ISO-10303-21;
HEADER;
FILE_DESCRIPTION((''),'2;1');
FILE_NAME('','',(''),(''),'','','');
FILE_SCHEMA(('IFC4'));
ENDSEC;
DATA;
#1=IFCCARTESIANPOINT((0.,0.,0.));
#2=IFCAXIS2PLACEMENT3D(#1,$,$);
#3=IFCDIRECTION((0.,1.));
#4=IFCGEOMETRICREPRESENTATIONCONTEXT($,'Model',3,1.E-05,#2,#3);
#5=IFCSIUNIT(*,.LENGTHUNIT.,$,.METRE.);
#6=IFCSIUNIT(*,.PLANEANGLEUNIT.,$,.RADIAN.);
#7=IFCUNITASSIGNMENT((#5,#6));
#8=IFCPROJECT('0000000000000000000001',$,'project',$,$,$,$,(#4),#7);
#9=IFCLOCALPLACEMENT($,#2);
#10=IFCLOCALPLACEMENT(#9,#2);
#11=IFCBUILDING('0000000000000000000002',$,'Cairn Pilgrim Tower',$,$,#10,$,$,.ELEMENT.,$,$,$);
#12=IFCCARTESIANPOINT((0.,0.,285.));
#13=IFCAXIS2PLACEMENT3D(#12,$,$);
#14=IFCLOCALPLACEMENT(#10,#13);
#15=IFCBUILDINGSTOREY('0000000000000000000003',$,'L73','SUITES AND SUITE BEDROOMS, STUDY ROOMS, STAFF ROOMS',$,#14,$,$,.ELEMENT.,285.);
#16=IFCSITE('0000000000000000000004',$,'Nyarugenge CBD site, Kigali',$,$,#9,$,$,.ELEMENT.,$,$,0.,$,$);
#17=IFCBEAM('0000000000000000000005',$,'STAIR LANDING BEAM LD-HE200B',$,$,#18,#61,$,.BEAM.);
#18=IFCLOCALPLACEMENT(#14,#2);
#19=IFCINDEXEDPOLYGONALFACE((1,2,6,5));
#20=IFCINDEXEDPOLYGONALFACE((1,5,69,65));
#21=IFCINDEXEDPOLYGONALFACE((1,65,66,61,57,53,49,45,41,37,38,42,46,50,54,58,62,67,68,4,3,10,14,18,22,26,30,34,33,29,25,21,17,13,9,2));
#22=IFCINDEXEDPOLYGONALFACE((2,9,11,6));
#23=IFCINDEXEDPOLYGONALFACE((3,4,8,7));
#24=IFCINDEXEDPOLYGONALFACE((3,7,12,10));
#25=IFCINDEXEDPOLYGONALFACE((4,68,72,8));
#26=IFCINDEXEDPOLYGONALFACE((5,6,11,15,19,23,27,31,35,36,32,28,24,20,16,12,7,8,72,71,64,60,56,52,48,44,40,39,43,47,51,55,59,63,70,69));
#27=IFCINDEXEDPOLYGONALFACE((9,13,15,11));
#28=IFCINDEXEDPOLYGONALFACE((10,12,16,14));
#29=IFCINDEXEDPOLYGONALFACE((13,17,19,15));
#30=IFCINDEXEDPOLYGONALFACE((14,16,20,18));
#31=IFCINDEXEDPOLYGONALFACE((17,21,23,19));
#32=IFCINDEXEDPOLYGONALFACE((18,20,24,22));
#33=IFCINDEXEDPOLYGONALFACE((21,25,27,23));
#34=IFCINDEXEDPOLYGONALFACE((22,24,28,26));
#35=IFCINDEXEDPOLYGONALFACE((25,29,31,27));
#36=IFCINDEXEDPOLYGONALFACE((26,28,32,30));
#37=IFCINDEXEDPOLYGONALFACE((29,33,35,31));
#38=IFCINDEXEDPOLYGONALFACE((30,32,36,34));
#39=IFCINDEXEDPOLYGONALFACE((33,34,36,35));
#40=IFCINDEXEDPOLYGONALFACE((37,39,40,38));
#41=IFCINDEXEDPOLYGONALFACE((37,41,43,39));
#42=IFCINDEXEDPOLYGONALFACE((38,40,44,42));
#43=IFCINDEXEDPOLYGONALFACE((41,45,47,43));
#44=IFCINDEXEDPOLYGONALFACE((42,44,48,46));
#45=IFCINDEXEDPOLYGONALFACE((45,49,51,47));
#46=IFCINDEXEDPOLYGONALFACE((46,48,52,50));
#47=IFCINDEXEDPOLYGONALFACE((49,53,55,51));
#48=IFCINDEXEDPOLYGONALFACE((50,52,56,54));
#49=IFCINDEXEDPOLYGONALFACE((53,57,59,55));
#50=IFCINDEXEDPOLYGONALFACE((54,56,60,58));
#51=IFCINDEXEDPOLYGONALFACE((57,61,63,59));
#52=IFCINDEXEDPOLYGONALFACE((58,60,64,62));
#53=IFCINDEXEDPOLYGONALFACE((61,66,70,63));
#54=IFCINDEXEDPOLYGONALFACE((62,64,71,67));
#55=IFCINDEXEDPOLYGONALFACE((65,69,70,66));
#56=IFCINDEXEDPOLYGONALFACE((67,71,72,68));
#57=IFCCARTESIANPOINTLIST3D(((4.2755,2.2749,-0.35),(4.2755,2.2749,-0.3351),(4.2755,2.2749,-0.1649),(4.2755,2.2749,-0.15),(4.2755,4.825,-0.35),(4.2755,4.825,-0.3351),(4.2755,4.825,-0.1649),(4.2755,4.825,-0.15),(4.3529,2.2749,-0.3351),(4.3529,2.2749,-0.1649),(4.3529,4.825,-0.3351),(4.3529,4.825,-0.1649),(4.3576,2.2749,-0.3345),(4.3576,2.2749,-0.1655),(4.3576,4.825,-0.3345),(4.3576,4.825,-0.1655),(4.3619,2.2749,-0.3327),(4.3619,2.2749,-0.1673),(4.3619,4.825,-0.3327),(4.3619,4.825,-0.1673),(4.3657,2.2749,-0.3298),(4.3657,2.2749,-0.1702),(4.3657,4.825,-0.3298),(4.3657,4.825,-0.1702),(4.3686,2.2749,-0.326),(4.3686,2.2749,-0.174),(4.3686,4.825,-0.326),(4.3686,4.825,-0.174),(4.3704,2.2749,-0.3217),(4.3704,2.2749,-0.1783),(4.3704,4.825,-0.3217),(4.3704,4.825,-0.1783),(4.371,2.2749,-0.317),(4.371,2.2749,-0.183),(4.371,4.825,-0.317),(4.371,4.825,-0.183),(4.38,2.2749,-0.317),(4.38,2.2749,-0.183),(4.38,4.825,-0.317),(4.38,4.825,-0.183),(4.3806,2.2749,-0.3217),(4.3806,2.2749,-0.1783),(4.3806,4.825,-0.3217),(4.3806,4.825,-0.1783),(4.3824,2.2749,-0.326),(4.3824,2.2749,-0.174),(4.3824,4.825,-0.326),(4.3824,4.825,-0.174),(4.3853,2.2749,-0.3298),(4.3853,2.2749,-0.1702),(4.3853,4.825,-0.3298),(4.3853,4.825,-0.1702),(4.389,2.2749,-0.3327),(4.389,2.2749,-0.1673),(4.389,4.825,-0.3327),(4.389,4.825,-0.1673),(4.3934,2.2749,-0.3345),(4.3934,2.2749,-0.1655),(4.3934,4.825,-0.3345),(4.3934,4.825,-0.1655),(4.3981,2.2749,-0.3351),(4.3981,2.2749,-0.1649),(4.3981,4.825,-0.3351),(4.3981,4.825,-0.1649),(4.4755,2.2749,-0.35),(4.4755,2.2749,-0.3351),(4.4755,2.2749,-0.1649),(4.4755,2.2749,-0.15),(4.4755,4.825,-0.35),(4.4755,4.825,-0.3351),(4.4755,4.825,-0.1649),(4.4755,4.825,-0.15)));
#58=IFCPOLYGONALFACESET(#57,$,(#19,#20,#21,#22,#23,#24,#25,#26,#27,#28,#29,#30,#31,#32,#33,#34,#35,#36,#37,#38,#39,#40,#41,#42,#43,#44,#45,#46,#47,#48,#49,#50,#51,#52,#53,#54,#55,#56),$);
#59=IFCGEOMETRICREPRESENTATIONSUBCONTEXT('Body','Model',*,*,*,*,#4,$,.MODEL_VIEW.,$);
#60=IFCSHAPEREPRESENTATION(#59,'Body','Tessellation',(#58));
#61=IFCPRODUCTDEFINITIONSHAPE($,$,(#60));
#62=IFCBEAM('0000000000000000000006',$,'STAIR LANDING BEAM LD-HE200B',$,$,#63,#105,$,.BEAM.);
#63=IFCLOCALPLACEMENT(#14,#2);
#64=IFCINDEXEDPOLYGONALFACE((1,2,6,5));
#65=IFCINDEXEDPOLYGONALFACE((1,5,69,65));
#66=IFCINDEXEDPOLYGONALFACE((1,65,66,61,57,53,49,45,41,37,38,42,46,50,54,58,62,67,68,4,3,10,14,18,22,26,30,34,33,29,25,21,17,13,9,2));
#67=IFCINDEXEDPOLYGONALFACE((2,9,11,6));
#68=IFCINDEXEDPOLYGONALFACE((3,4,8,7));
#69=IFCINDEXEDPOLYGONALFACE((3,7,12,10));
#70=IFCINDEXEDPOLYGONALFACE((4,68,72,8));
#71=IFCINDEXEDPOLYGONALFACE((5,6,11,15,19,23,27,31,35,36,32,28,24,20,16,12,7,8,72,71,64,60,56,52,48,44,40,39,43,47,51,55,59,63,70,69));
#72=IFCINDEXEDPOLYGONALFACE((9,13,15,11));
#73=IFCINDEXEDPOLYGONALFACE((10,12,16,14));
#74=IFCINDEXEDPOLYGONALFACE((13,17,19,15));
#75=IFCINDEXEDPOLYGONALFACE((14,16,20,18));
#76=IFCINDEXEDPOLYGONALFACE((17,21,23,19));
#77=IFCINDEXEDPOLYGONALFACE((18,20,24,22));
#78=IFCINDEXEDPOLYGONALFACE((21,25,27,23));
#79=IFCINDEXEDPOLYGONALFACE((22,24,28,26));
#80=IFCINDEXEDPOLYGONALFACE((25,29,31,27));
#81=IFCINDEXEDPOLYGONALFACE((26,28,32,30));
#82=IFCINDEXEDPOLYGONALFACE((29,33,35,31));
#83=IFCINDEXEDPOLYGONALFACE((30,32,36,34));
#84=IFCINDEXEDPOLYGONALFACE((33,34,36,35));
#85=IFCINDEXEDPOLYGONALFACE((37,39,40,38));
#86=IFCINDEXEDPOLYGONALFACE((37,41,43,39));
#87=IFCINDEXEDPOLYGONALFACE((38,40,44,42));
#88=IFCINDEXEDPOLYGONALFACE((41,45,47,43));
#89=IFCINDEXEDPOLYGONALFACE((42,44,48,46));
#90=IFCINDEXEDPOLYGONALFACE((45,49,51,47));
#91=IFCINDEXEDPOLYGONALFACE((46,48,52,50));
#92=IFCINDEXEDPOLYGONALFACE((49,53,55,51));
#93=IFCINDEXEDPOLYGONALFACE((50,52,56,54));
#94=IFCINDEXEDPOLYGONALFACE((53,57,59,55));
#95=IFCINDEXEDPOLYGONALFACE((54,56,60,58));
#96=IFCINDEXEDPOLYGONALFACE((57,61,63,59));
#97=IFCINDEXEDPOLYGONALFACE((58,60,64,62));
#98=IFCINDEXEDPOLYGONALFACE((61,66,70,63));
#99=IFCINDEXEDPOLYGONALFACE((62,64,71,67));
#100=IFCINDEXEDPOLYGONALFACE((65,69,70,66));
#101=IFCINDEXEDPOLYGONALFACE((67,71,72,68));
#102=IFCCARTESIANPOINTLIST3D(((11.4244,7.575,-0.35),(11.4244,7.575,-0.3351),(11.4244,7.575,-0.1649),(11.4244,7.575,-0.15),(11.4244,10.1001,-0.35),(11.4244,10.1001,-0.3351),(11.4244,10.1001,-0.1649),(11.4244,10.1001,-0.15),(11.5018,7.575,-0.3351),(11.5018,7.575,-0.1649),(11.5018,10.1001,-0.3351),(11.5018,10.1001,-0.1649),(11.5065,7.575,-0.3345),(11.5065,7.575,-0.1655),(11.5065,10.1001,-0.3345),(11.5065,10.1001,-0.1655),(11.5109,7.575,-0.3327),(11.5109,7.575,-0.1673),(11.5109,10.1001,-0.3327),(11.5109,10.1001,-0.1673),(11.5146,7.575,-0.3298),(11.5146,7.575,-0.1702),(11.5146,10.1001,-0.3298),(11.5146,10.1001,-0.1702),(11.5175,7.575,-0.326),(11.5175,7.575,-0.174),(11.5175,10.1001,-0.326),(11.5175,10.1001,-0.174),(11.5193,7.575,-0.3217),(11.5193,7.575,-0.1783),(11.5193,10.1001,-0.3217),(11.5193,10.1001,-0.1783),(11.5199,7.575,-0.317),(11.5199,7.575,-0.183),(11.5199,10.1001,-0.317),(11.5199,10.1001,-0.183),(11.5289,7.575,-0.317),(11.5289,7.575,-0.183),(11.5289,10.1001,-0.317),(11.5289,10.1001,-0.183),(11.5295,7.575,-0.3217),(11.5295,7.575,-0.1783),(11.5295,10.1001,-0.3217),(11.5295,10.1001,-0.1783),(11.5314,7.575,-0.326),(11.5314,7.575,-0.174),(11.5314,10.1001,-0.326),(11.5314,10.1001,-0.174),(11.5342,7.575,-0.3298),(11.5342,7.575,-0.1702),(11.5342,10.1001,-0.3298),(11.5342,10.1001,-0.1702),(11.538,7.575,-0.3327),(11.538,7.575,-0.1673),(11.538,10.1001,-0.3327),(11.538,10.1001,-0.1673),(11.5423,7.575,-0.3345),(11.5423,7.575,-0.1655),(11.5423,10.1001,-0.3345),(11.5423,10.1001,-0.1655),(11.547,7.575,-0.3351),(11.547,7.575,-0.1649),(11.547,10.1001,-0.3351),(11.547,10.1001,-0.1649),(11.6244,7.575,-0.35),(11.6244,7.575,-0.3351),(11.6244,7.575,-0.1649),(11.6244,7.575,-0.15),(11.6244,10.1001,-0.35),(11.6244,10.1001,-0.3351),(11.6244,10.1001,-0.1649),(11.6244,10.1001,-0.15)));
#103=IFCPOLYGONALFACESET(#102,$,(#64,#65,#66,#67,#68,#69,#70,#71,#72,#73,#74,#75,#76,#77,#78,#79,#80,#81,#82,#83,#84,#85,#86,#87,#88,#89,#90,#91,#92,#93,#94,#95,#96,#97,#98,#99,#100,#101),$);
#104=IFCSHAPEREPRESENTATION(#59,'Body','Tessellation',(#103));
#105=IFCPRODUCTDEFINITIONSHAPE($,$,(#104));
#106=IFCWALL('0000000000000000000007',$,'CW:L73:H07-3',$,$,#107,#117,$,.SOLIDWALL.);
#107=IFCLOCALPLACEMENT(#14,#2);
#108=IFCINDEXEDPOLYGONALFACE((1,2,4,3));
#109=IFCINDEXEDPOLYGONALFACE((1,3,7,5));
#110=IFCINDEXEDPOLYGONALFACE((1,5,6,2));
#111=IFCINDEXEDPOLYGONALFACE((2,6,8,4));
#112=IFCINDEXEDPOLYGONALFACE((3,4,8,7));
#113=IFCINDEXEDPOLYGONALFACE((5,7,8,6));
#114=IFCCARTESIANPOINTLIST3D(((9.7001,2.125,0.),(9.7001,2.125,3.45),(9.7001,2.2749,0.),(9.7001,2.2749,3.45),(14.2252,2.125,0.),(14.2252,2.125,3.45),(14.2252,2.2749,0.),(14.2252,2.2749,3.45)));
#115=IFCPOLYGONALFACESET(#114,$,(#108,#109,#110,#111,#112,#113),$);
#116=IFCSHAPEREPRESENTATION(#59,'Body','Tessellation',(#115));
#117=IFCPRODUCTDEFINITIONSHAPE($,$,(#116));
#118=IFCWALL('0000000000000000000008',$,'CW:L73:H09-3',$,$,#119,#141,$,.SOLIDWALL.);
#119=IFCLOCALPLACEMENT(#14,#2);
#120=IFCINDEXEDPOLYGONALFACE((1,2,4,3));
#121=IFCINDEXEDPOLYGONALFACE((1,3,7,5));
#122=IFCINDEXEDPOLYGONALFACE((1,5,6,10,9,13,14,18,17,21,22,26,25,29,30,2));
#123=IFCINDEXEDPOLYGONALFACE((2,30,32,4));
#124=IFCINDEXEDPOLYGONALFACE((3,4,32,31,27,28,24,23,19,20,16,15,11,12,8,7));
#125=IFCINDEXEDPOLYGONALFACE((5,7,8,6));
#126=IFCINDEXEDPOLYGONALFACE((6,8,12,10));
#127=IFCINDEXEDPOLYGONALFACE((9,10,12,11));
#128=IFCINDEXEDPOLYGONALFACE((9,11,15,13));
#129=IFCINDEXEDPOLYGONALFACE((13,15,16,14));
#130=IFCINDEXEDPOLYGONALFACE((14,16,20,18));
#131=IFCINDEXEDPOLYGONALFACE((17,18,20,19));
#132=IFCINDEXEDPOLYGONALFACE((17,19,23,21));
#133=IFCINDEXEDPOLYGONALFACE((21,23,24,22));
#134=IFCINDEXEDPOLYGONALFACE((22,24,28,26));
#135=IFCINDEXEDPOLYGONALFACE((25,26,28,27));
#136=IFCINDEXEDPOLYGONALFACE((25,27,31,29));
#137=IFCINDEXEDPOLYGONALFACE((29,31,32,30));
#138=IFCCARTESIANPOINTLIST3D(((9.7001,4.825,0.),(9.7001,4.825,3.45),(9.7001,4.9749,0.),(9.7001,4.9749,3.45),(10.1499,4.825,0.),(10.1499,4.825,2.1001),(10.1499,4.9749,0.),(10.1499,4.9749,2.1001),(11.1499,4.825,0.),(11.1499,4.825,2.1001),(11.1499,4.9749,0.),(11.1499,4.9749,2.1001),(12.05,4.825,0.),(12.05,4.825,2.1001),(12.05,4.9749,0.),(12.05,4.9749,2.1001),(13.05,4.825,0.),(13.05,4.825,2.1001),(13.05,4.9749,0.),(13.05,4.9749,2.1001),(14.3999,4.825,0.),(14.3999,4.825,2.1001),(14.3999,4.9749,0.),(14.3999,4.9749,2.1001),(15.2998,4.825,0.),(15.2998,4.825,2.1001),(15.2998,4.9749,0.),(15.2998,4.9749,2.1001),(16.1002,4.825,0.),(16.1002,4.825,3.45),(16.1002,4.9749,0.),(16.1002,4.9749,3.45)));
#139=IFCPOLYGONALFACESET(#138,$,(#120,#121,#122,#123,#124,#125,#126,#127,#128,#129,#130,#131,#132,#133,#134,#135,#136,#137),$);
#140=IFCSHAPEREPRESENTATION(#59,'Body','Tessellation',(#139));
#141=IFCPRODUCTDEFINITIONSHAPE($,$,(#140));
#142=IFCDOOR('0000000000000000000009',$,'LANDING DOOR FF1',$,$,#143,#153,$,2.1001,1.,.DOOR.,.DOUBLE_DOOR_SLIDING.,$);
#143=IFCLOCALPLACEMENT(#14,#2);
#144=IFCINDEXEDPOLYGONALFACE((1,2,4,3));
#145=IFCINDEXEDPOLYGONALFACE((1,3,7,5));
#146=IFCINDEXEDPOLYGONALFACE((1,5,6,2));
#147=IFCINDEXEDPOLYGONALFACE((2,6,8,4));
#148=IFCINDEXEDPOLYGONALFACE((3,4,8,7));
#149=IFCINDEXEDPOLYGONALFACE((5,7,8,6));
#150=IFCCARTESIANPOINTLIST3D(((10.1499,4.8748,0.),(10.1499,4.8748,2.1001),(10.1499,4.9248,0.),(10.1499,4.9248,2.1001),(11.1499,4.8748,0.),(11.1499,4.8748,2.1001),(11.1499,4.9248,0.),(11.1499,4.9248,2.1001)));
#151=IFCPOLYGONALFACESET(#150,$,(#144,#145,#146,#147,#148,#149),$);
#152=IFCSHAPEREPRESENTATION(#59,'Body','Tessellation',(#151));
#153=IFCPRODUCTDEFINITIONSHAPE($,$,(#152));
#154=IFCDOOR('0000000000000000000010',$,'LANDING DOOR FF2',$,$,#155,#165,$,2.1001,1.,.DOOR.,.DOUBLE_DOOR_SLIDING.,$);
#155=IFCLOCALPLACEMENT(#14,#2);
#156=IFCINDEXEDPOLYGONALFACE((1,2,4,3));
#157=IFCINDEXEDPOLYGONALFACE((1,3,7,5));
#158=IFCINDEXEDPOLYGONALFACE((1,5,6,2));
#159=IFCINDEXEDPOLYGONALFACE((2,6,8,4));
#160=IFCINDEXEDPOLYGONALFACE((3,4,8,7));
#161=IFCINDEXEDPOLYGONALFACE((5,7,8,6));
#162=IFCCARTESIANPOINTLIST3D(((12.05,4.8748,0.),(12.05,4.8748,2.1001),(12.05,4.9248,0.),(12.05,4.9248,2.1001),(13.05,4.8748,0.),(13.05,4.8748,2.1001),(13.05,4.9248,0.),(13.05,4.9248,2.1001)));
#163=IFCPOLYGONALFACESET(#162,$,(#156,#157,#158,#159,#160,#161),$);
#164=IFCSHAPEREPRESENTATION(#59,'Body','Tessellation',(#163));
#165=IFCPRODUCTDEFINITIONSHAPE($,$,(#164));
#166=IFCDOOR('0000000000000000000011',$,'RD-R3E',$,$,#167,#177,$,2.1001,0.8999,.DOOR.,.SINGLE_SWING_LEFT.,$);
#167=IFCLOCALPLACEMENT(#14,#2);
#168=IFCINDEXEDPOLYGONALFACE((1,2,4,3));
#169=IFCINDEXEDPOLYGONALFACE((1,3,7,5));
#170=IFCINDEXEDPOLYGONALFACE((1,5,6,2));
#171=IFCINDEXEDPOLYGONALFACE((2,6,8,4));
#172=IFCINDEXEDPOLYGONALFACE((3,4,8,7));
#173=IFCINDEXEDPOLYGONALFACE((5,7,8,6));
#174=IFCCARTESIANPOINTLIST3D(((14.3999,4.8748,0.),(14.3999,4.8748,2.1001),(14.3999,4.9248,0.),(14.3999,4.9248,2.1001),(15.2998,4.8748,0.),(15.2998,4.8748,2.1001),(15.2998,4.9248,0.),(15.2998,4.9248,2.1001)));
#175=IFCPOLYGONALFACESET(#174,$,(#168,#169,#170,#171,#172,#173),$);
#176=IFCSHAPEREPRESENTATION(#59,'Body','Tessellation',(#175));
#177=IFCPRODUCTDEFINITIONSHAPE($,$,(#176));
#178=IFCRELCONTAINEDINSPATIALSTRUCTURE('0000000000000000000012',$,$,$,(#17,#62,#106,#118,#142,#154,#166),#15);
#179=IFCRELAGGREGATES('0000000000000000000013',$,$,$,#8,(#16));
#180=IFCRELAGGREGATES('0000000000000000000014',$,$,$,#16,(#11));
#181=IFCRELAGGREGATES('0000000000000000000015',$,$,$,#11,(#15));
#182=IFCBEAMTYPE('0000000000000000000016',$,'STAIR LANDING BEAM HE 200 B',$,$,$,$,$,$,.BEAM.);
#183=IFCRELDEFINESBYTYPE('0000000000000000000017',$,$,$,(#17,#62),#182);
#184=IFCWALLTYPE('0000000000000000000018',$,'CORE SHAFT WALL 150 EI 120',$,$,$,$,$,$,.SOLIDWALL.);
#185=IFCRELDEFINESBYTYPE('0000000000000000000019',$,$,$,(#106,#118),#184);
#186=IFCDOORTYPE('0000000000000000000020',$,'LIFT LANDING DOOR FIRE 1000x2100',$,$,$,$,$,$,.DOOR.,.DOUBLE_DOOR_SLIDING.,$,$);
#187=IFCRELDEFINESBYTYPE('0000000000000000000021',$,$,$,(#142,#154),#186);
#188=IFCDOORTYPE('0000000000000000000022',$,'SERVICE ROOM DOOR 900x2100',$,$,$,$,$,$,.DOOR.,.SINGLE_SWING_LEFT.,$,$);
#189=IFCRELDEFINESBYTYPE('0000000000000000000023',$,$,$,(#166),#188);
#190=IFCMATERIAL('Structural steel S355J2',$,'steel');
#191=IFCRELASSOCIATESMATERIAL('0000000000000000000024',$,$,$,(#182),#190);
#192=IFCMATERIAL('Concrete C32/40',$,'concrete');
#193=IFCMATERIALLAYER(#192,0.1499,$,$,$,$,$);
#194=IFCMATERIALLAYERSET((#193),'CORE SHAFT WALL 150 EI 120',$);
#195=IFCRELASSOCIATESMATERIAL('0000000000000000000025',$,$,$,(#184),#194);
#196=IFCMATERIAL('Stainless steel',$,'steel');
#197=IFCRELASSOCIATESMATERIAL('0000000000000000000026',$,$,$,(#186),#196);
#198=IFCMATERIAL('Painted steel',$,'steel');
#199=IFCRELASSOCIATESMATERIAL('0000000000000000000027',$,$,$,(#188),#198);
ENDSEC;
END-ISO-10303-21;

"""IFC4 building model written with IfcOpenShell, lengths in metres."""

from ifc_helpers import new_model, si_unit, direction, frame, frame_2d, origin, origin_2d, place, context, subcontext, project, spatial, rectangle, i_section, extrude, material, layer, layer_set, material_profile, profile_set, type_object, element, fill, save


model = new_model("IFC4")

# Units and contexts
model_context = context("Model", 3, precision=1e-05, world=origin(), true_north=direction((0.0, 1.0)))
body_context = subcontext(model_context, "Body", "Model", "MODEL_VIEW")
ifc_project = project(units=[si_unit("LENGTHUNIT", "METRE"), si_unit("PLANEANGLEUNIT", "RADIAN")], contexts=[model_context])

# Site, building, storey
site_placement = place(None, origin())
site = spatial("IfcSite", under=ifc_project, at=site_placement, Name="Nyarugenge CBD site, Kigali", CompositionType="ELEMENT", RefElevation=0.0)
building_placement = place(site_placement, origin())
building = spatial("IfcBuilding", under=site, at=building_placement, Name="Cairn Pilgrim Tower", CompositionType="ELEMENT")
storey_placement = place(building_placement, frame((0.0, 0.0, 285.0)))
storey = spatial("IfcBuildingStorey", under=building, at=storey_placement, Name="L73", Description="SUITES AND SUITE BEDROOMS, STUDY ROOMS, STAFF ROOMS", CompositionType="ELEMENT", Elevation=285.0)

# Beams
ifc_material_1 = material(Name="Structural steel S355J2", Category="steel")
ifc_material_profile = material_profile(ifc_material_1, i_section(OverallWidth=0.2, OverallDepth=0.2, WebThickness=0.009, FlangeThickness=0.0149, FilletRadius=0.0181, at=origin_2d()), Name="HE 200 B")
ifc_profile_set = profile_set([ifc_material_profile], Name="Structural steel S355J2")
beam_type = type_object("IfcBeamType", Name="STAIR LANDING BEAM HE 200 B", PredefinedType="BEAM", material=ifc_profile_set)
beam_1_placement = place(storey_placement, frame((4.3755, 2.2749, -0.25), z_axis=(0.0, 1.0, 0.0), x_axis=(-1.0, 0.0, 0.0)))
element("IfcBeam", 1, at=beam_1_placement, inside=storey, type_object=beam_type, Name="STAIR LANDING BEAM LD-HE200B", PredefinedType="BEAM", context=body_context, shape_type="SweptSolid", body=[
    extrude(i_section(OverallWidth=0.2, OverallDepth=0.2, WebThickness=0.009, FlangeThickness=0.0149, FilletRadius=0.0181, at=origin_2d()), origin(), (0.0, 0.0, 1.0), 2.55),
])
beam_2_placement = place(storey_placement, frame((11.5244, 10.1001, -0.25), z_axis=(0.0, -1.0, 0.0), x_axis=(1.0, 0.0, 0.0)))
element("IfcBeam", 2, at=beam_2_placement, inside=storey, type_object=beam_type, Name="STAIR LANDING BEAM LD-HE200B", PredefinedType="BEAM", context=body_context, shape_type="SweptSolid", body=[
    extrude(i_section(OverallWidth=0.2, OverallDepth=0.2, WebThickness=0.009, FlangeThickness=0.0149, FilletRadius=0.0181, at=origin_2d()), origin(), (0.0, 0.0, 1.0), 2.5251),
])

# Wall
ifc_material_2 = material(Name="Concrete C32/40", Category="concrete")
ifc_layer_1 = layer(ifc_material_2, 0.1499)
ifc_layer_set_1 = layer_set([ifc_layer_1], Name="CORE SHAFT WALL 150 EI 120")
wall_type_1 = type_object("IfcWallType", Name="CORE SHAFT WALL 150 EI 120", PredefinedType="SOLIDWALL", material=ifc_layer_set_1)
wall_1_placement = place(storey_placement, frame((9.7, 2.2, 0.0), z_axis=(0.0, 0.0, 1.0), x_axis=(1.0, 0.0, 0.0)))
element("IfcWall", 3, at=wall_1_placement, inside=storey, type_object=wall_type_1, Name="CW:L73:H07-3", PredefinedType="SOLIDWALL", context=body_context, shape_type="SweptSolid", body=[
    extrude(rectangle(XDim=4.5251, YDim=0.1499, at=frame_2d((2.2627, 0.0))), origin(), (0.0, 0.0, 1.0), 3.45),
])

# Wall, openings, doors
wall_2_placement = place(storey_placement, frame((9.7, 4.8999, 0.0), z_axis=(0.0, 0.0, 1.0), x_axis=(1.0, 0.0, 0.0)))
wall_2 = element("IfcWall", 4, at=wall_2_placement, inside=storey, type_object=wall_type_1, Name="CW:L73:H09-3", PredefinedType="SOLIDWALL", context=body_context, shape_type="SweptSolid", body=[
    extrude(rectangle(XDim=6.4001, YDim=0.1499, at=frame_2d((3.2002, 0.0))), origin(), (0.0, 0.0, 1.0), 3.45),
])
opening_1_placement = place(wall_2_placement, frame((0.45, 0.0, 0.0)))
opening_1 = element("IfcOpeningElement", 5, at=opening_1_placement, cuts=wall_2, PredefinedType="OPENING", context=body_context, shape_type="SweptSolid", body=[
    extrude(rectangle(XDim=1.0, YDim=2.1001, at=frame_2d((0.5, 1.05))), frame((0.0, 0.085, 0.0), z_axis=(0.0, -1.0, 0.0), x_axis=(1.0, 0.0, 0.0)), (0.0, 0.0, 1.0), 0.1699),
])
opening_2_placement = place(wall_2_placement, frame((2.3501, 0.0, 0.0)))
opening_2 = element("IfcOpeningElement", 6, at=opening_2_placement, cuts=wall_2, PredefinedType="OPENING", context=body_context, shape_type="SweptSolid", body=[
    extrude(rectangle(XDim=1.0, YDim=2.1001, at=frame_2d((0.5, 1.05))), frame((0.0, 0.085, 0.0), z_axis=(0.0, -1.0, 0.0), x_axis=(1.0, 0.0, 0.0)), (0.0, 0.0, 1.0), 0.1699),
])
opening_3_placement = place(wall_2_placement, frame((4.7, 0.0, 0.0)))
opening_3 = element("IfcOpeningElement", 7, at=opening_3_placement, cuts=wall_2, PredefinedType="OPENING", context=body_context, shape_type="SweptSolid", body=[
    extrude(rectangle(XDim=0.8999, YDim=2.1001, at=frame_2d((0.45, 1.05))), frame((0.0, 0.085, 0.0), z_axis=(0.0, -1.0, 0.0), x_axis=(1.0, 0.0, 0.0)), (0.0, 0.0, 1.0), 0.1699),
])
ifc_material_3 = material(Name="Stainless steel", Category="steel")
door_type_1 = type_object("IfcDoorType", Name="LIFT LANDING DOOR FIRE 1000x2100", OperationType="DOUBLE_DOOR_SLIDING", PredefinedType="DOOR", material=ifc_material_3)
door_1_placement = place(opening_1_placement, origin())
door_1 = element("IfcDoor", 8, at=door_1_placement, inside=storey, type_object=door_type_1, Name="LANDING DOOR FF1", OperationType="DOUBLE_DOOR_SLIDING", OverallHeight=2.1001, OverallWidth=1.0, PredefinedType="DOOR", context=body_context, shape_type="SweptSolid", body=[
    extrude(rectangle(XDim=1.0, YDim=2.1001, at=frame_2d((0.5, 1.05))), frame((0.0, 0.0249, 0.0), z_axis=(0.0, -1.0, 0.0), x_axis=(1.0, 0.0, 0.0)), (0.0, 0.0, 1.0), 0.05),
])
fill(opening_1, door_1)
door_2_placement = place(opening_2_placement, origin())
door_2 = element("IfcDoor", 9, at=door_2_placement, inside=storey, type_object=door_type_1, Name="LANDING DOOR FF2", OperationType="DOUBLE_DOOR_SLIDING", OverallHeight=2.1001, OverallWidth=1.0, PredefinedType="DOOR", context=body_context, shape_type="SweptSolid", body=[
    extrude(rectangle(XDim=1.0, YDim=2.1001, at=frame_2d((0.5, 1.05))), frame((0.0, 0.0249, 0.0), z_axis=(0.0, -1.0, 0.0), x_axis=(1.0, 0.0, 0.0)), (0.0, 0.0, 1.0), 0.05),
])
fill(opening_2, door_2)
ifc_material_4 = material(Name="Painted steel", Category="steel")
door_type_2 = type_object("IfcDoorType", Name="SERVICE ROOM DOOR 900x2100", OperationType="SINGLE_SWING_LEFT", PredefinedType="DOOR", material=ifc_material_4)
door_3_placement = place(opening_3_placement, origin())
door_3 = element("IfcDoor", 10, at=door_3_placement, inside=storey, type_object=door_type_2, Name="RD-R3E", OperationType="SINGLE_SWING_LEFT", OverallHeight=2.1001, OverallWidth=0.8999, PredefinedType="DOOR", context=body_context, shape_type="SweptSolid", body=[
    extrude(rectangle(XDim=0.8999, YDim=2.1001, at=frame_2d((0.45, 1.05))), frame((0.0, 0.0249, 0.0), z_axis=(0.0, -1.0, 0.0), x_axis=(1.0, 0.0, 0.0)), (0.0, 0.0, 1.0), 0.05),
])
fill(opening_3, door_3)

save(model, "model.ifc")
